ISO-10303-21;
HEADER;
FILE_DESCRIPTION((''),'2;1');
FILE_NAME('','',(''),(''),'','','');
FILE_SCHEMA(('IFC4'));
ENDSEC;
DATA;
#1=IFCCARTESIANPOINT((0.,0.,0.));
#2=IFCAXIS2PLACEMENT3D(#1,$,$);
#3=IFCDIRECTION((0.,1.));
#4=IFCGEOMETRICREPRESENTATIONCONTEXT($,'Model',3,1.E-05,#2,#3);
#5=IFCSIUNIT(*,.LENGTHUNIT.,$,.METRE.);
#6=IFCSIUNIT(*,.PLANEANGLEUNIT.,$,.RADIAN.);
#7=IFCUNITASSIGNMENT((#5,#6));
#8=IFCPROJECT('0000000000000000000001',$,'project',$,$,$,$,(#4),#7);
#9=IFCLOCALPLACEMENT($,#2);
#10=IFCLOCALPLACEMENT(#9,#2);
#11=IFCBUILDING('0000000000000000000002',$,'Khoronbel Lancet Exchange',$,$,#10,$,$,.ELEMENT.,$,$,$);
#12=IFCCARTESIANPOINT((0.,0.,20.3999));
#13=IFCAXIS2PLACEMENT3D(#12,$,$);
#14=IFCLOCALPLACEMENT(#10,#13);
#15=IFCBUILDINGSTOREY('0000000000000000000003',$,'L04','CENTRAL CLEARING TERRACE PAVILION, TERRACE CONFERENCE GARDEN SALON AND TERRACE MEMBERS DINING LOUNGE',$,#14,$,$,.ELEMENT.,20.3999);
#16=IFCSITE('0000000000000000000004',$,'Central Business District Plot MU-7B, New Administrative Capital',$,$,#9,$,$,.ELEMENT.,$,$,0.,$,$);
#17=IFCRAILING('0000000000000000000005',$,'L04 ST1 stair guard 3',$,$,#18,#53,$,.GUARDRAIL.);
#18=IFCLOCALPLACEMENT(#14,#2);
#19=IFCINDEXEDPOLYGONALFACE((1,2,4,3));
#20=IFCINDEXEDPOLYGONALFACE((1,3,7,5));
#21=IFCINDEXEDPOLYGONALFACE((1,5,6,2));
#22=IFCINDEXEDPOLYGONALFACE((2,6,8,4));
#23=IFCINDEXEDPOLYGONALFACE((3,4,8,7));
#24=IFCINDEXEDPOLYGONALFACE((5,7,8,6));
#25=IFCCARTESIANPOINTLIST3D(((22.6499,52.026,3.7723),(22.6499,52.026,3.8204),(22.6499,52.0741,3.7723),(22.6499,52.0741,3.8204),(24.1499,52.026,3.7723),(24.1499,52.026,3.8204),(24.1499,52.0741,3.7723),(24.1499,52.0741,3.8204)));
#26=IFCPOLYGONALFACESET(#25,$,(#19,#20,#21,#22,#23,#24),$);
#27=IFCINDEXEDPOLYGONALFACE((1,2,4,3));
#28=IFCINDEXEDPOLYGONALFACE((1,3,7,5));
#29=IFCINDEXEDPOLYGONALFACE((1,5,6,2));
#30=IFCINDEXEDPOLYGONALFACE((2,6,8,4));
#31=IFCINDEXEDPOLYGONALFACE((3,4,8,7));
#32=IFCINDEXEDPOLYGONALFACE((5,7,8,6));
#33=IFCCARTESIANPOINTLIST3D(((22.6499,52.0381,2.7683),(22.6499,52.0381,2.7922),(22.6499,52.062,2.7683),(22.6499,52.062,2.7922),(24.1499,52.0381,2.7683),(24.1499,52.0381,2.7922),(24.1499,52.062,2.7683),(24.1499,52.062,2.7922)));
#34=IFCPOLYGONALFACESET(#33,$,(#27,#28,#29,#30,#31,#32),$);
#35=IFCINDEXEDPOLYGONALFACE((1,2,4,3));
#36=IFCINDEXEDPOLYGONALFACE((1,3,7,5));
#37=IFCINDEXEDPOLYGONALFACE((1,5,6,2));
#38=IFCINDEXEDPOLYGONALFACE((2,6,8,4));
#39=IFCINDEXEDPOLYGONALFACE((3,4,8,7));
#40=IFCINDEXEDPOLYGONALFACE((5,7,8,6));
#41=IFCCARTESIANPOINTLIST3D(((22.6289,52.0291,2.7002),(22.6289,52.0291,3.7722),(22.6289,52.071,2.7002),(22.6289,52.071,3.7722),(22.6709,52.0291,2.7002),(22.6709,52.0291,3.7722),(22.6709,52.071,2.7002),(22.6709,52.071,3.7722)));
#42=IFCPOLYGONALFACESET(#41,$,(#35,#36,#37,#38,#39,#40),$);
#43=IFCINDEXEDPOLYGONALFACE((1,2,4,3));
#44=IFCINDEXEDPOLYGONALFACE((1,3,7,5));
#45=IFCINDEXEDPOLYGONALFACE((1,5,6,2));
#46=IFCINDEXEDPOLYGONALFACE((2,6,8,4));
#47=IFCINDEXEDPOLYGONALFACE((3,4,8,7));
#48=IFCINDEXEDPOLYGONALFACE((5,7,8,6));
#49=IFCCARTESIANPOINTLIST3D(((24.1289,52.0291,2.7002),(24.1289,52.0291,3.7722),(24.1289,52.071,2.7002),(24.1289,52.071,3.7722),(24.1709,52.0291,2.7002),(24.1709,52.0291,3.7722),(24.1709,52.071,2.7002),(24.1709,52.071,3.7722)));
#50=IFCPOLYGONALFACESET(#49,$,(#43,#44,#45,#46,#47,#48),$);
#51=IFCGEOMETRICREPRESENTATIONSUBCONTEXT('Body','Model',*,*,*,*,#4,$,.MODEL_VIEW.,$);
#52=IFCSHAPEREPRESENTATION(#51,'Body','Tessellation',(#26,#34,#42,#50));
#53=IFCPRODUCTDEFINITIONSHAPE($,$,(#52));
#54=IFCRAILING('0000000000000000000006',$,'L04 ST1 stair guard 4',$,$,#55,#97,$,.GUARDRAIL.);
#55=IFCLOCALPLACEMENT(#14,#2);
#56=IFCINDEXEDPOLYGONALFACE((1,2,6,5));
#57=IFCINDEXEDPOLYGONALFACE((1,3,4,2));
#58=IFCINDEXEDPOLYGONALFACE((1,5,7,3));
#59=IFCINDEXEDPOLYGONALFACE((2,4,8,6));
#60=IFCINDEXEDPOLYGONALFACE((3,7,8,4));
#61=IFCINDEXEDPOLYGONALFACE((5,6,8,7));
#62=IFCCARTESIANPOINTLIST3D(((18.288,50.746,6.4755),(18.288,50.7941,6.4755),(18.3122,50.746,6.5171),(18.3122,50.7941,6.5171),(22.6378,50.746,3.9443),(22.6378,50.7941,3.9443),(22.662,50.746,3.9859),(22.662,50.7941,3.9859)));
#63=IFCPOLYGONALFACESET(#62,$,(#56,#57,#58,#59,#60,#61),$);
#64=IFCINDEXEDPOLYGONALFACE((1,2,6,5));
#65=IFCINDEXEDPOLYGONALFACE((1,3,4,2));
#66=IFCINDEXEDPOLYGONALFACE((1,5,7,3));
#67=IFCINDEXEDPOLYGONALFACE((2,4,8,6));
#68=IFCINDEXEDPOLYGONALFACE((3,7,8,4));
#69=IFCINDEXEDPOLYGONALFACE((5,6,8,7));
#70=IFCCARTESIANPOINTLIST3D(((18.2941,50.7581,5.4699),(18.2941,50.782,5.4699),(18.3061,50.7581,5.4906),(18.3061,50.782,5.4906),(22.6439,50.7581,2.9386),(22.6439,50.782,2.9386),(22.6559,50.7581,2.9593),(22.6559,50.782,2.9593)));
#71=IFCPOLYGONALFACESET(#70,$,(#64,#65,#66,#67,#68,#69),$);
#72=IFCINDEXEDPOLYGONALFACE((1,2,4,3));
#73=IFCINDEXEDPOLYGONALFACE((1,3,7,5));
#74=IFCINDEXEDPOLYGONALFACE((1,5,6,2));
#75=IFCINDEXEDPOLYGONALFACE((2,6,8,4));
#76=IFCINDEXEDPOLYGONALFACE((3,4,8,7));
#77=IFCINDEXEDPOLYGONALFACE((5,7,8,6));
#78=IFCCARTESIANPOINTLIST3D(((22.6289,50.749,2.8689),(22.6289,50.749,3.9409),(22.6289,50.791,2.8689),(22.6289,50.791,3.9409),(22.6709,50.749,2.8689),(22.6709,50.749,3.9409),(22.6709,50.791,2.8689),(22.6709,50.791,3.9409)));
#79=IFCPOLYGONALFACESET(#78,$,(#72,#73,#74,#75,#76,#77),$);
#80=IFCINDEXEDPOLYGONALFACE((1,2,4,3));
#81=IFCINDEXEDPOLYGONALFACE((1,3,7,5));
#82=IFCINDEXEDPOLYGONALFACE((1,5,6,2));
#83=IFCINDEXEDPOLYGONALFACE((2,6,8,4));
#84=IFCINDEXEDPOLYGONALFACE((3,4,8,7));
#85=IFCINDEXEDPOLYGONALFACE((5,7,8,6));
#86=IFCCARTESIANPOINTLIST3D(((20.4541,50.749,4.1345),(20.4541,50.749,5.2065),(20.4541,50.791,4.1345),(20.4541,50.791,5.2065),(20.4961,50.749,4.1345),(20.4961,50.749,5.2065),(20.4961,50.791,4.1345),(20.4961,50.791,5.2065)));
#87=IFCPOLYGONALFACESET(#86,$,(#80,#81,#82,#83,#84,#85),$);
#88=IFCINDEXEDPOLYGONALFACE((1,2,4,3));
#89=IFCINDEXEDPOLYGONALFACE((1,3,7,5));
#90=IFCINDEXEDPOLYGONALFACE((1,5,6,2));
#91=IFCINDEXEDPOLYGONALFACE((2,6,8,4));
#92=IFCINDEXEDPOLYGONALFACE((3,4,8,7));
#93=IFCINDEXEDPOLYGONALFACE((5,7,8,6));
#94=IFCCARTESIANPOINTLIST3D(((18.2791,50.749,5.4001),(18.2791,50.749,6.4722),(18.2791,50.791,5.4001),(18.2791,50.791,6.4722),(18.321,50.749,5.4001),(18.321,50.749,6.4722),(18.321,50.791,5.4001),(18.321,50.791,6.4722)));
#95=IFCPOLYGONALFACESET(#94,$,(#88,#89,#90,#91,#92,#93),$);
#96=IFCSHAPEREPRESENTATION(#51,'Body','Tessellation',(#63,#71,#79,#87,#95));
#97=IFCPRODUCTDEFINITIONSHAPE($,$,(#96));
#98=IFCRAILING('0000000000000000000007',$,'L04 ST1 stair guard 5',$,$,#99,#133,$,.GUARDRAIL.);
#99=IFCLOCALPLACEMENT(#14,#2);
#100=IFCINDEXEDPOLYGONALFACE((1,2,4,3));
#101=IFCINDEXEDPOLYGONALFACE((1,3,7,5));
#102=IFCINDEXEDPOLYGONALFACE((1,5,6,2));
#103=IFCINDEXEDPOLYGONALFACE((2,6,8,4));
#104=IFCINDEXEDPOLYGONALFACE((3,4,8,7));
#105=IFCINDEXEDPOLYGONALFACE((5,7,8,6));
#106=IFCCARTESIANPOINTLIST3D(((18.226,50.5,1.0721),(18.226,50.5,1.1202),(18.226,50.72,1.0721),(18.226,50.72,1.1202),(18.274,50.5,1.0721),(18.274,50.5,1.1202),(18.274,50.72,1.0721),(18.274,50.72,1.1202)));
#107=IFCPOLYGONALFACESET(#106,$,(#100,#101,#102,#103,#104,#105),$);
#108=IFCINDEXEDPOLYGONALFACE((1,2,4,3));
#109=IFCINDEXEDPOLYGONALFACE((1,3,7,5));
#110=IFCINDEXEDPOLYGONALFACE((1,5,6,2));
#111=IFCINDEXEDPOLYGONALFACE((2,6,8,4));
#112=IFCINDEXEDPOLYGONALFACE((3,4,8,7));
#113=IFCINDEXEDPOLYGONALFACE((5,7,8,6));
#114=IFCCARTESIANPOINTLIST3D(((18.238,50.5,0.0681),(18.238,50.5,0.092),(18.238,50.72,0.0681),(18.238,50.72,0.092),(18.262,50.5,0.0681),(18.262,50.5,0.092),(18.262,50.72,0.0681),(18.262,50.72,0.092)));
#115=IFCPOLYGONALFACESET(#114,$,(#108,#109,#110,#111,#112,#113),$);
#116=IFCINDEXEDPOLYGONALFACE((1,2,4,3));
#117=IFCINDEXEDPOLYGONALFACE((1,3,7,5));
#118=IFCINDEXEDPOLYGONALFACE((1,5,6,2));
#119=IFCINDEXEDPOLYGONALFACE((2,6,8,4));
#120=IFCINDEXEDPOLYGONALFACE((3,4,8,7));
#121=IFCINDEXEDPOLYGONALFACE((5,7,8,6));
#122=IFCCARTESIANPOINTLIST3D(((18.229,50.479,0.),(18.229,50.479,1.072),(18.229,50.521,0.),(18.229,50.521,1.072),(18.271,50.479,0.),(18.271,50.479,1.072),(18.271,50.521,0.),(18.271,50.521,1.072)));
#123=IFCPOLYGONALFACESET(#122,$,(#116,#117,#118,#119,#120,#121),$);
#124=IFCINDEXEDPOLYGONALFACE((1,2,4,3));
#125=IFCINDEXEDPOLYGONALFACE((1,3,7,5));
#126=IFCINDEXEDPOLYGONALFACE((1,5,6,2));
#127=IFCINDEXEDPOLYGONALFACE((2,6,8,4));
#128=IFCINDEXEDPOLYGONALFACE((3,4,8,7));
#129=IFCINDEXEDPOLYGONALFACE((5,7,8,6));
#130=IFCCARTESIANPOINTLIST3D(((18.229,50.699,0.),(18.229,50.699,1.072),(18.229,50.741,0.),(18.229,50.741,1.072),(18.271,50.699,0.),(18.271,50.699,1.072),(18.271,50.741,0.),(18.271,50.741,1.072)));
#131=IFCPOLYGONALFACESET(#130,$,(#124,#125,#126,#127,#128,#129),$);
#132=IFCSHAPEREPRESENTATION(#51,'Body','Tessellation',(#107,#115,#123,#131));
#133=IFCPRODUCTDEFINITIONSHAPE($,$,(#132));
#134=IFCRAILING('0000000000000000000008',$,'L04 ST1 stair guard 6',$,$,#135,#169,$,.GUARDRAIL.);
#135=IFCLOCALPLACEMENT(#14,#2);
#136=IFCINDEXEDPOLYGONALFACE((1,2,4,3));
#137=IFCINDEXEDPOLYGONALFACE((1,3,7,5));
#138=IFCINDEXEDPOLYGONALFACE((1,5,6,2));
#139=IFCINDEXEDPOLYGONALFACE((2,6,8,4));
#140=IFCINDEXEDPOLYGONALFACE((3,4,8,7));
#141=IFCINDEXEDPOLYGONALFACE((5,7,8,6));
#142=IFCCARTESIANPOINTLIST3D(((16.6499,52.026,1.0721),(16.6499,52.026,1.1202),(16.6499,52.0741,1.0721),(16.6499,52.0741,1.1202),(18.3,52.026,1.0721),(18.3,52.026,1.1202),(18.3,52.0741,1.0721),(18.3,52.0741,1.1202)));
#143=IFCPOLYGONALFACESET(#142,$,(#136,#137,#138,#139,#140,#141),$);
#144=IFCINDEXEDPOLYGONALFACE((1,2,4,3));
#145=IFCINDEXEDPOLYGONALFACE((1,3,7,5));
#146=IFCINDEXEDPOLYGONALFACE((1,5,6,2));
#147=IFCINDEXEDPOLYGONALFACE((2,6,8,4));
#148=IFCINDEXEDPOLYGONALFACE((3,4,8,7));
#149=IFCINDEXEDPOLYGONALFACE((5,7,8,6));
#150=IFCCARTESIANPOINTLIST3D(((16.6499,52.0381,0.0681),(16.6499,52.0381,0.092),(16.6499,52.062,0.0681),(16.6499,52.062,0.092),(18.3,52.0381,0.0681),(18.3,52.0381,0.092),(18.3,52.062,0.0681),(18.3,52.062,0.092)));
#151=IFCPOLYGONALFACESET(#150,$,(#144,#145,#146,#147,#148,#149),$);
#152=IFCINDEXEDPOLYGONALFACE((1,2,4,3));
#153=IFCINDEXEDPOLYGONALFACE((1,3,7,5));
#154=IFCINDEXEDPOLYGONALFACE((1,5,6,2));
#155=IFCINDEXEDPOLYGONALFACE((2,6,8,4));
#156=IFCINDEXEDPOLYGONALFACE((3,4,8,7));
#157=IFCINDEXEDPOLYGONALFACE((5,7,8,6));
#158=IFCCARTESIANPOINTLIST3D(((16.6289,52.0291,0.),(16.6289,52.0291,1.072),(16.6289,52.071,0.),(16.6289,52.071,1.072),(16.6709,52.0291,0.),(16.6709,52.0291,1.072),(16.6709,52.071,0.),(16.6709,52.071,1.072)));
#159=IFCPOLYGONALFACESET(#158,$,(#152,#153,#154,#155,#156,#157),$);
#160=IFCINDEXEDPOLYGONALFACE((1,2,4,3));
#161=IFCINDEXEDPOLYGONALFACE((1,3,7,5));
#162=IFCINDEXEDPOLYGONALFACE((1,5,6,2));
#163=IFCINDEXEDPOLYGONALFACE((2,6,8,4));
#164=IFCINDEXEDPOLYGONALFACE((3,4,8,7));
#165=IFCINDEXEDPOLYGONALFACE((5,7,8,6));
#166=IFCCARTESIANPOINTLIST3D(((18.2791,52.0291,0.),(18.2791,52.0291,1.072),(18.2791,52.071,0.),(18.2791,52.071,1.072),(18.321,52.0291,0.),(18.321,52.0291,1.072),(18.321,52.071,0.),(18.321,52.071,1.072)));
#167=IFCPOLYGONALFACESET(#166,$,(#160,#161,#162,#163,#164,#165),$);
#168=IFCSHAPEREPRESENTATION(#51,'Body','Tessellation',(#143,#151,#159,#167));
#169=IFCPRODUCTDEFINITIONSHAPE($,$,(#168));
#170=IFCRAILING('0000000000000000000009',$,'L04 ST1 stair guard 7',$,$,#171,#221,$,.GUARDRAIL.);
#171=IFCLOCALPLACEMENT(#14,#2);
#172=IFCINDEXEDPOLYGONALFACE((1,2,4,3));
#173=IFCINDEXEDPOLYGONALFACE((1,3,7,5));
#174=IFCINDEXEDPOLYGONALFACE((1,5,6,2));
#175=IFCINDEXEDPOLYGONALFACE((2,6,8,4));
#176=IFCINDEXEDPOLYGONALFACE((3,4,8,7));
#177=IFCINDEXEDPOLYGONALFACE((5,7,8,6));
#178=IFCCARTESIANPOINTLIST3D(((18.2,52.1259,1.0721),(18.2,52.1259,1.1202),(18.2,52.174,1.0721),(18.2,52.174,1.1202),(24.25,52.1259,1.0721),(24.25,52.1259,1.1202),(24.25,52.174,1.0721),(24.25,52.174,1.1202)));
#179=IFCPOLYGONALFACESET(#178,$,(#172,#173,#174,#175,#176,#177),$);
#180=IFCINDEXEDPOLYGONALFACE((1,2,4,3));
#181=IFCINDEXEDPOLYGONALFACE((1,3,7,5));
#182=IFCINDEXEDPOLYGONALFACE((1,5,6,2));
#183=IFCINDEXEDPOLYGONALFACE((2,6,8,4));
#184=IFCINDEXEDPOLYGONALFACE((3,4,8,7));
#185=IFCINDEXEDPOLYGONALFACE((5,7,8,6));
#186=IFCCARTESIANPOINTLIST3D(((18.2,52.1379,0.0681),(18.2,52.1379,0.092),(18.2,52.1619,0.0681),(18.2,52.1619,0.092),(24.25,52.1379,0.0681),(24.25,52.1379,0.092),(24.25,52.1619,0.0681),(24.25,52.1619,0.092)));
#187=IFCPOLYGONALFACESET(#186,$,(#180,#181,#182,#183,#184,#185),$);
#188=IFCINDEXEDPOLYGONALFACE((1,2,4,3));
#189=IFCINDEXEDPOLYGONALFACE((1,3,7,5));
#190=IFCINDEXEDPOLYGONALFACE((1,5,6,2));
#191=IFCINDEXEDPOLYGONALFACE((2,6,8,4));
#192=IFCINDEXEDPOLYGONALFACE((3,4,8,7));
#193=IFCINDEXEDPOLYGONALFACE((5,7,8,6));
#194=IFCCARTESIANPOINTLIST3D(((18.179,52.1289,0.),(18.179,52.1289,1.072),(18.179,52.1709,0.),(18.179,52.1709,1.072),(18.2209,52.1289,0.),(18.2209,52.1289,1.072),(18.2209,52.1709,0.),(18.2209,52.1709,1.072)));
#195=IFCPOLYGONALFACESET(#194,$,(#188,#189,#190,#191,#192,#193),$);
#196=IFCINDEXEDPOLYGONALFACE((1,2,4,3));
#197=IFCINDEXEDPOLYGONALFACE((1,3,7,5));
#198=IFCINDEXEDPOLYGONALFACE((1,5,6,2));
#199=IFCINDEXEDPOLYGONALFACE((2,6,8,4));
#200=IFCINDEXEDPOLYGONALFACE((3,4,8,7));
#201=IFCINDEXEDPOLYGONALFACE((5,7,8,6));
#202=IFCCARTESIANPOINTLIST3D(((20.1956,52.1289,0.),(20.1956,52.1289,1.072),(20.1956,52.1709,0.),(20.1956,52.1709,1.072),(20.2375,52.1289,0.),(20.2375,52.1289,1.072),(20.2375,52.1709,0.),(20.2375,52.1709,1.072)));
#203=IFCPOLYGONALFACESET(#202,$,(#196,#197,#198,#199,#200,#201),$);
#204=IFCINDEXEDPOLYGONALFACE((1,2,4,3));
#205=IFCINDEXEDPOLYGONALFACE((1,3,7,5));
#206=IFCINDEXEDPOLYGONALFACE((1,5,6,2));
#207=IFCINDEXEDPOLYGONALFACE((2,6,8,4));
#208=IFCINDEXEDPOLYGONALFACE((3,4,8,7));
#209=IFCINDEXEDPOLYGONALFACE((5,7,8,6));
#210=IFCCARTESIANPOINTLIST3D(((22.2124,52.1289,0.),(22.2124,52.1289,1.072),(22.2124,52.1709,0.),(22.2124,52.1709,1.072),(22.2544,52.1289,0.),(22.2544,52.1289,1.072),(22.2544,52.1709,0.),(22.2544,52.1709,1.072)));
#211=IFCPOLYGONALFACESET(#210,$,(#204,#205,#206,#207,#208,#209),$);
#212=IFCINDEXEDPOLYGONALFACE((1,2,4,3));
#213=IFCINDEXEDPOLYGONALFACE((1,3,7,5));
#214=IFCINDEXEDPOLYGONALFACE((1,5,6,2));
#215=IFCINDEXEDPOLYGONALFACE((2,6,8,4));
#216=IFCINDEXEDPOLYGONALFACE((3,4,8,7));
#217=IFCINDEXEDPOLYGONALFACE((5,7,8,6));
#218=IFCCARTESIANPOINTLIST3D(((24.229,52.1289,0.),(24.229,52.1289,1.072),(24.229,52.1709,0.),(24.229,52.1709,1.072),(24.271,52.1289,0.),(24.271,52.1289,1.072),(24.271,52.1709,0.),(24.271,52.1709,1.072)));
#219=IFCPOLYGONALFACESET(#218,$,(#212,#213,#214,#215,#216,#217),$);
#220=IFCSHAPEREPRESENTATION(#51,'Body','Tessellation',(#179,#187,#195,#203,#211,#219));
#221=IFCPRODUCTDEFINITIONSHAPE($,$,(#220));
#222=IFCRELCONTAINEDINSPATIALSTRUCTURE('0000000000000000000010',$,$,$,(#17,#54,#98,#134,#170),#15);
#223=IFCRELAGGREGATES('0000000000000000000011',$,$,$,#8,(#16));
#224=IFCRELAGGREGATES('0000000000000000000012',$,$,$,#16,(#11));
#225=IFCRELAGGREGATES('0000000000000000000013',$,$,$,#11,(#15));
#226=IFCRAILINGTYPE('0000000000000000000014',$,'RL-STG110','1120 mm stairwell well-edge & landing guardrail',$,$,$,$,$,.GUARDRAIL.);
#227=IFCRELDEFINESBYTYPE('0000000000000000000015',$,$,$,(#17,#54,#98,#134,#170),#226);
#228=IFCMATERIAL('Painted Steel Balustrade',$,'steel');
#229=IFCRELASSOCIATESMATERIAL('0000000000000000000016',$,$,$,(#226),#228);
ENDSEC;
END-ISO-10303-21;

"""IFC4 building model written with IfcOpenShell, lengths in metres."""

from ifc_helpers import new_model, si_unit, direction, frame, origin, origin_2d, place, context, subcontext, project, spatial, rectangle, extrude, material, type_object, element, save


model = new_model("IFC4")

# Units and contexts
model_context = context("Model", 3, precision=1e-05, world=origin(), true_north=direction((0.0, 1.0)))
body_context = subcontext(model_context, "Body", "Model", "MODEL_VIEW")
ifc_project = project(units=[si_unit("LENGTHUNIT", "METRE"), si_unit("PLANEANGLEUNIT", "RADIAN")], contexts=[model_context])

# Site, building, storey
site_placement = place(None, origin())
site = spatial("IfcSite", under=ifc_project, at=site_placement, Name="Central Business District Plot MU-7B, New Administrative Capital", CompositionType="ELEMENT", RefElevation=0.0)
building_placement = place(site_placement, origin())
building = spatial("IfcBuilding", under=site, at=building_placement, Name="Khoronbel Lancet Exchange", CompositionType="ELEMENT")
storey_placement = place(building_placement, frame((0.0, 0.0, 20.3999)))
storey = spatial("IfcBuildingStorey", under=building, at=storey_placement, Name="L04", Description="CENTRAL CLEARING TERRACE PAVILION, TERRACE CONFERENCE GARDEN SALON AND TERRACE MEMBERS DINING LOUNGE", CompositionType="ELEMENT", Elevation=20.3999)

# Railings
ifc_material_1 = material(Name="Painted Steel Balustrade", Category="steel")
railing_type_1 = type_object("IfcRailingType", Name="RL-STG110", Description="1120 mm stairwell well-edge & landing guardrail", PredefinedType="GUARDRAIL", material=ifc_material_1)
railing_1_placement = place(storey_placement, frame((22.6499, 52.05, 2.7002)))
element("IfcRailing", 1, at=railing_1_placement, inside=storey, type_object=railing_type_1, Name="L04 ST1 stair guard 3", PredefinedType="GUARDRAIL", context=body_context, shape_type="SweptSolid", body=[
    extrude(rectangle(XDim=0.0481, YDim=0.0481, at=origin_2d()), frame((0.0, 0.0, 1.0962), z_axis=(1.0, 0.0, 0.0), x_axis=(0.0, 1.0, 0.0)), (0.0, 0.0, 1.0), 1.5),
    extrude(rectangle(XDim=0.0239, YDim=0.0239, at=origin_2d()), frame((0.0, 0.0, 0.0801), z_axis=(1.0, 0.0, 0.0), x_axis=(0.0, 1.0, 0.0)), (0.0, 0.0, 1.0), 1.5),
    extrude(rectangle(XDim=0.042, YDim=0.042, at=origin_2d()), origin(), (0.0, 0.0, 1.0), 1.072),
    extrude(rectangle(XDim=0.042, YDim=0.042, at=origin_2d()), frame((1.5, 0.0, 0.0)), (0.0, 0.0, 1.0), 1.072),
])
railing_2_placement = place(storey_placement, frame((22.6499, 50.77, 2.8689)))
element("IfcRailing", 2, at=railing_2_placement, inside=storey, type_object=railing_type_1, Name="L04 ST1 stair guard 4", PredefinedType="GUARDRAIL", context=body_context, shape_type="SweptSolid", body=[
    extrude(rectangle(XDim=0.0481, YDim=0.0481, at=origin_2d()), frame((0.0, 0.0, 1.0962), z_axis=(-0.864312, 0.0, 0.502957), x_axis=(0.0, -1.0, 0.0)), (0.0, 0.0, 1.0), 5.0327),
    extrude(rectangle(XDim=0.0239, YDim=0.0239, at=origin_2d()), frame((0.0, 0.0, 0.0801), z_axis=(-0.864312, 0.0, 0.502957), x_axis=(0.0, -1.0, 0.0)), (0.0, 0.0, 1.0), 5.0327),
    extrude(rectangle(XDim=0.042, YDim=0.042, at=origin_2d()), origin(), (0.0, 0.0, 1.0), 1.072),
    extrude(rectangle(XDim=0.042, YDim=0.042, at=origin_2d()), frame((-2.1748, 0.0, 1.2656)), (0.0, 0.0, 1.0), 1.072),
    extrude(rectangle(XDim=0.042, YDim=0.042, at=origin_2d()), frame((-4.3499, 0.0, 2.5312)), (0.0, 0.0, 1.0), 1.072),
])
railing_3_placement = place(storey_placement, frame((18.25, 50.5, 0.0)))
element("IfcRailing", 3, at=railing_3_placement, inside=storey, type_object=railing_type_1, Name="L04 ST1 stair guard 5", PredefinedType="GUARDRAIL", context=body_context, shape_type="SweptSolid", body=[
    extrude(rectangle(XDim=0.0481, YDim=0.0481, at=origin_2d()), frame((0.0, 0.0, 1.0962), z_axis=(0.0, 1.0, 0.0), x_axis=(-1.0, 0.0, 0.0)), (0.0, 0.0, 1.0), 0.22),
    extrude(rectangle(XDim=0.0239, YDim=0.0239, at=origin_2d()), frame((0.0, 0.0, 0.0801), z_axis=(0.0, 1.0, 0.0), x_axis=(-1.0, 0.0, 0.0)), (0.0, 0.0, 1.0), 0.22),
    extrude(rectangle(XDim=0.042, YDim=0.042, at=origin_2d()), origin(), (0.0, 0.0, 1.0), 1.072),
    extrude(rectangle(XDim=0.042, YDim=0.042, at=origin_2d()), frame((0.0, 0.22, 0.0)), (0.0, 0.0, 1.0), 1.072),
])
railing_4_placement = place(storey_placement, frame((16.6499, 52.05, 0.0)))
element("IfcRailing", 4, at=railing_4_placement, inside=storey, type_object=railing_type_1, Name="L04 ST1 stair guard 6", PredefinedType="GUARDRAIL", context=body_context, shape_type="SweptSolid", body=[
    extrude(rectangle(XDim=0.0481, YDim=0.0481, at=origin_2d()), frame((0.0, 0.0, 1.0962), z_axis=(1.0, 0.0, 0.0), x_axis=(0.0, 1.0, 0.0)), (0.0, 0.0, 1.0), 1.6501),
    extrude(rectangle(XDim=0.0239, YDim=0.0239, at=origin_2d()), frame((0.0, 0.0, 0.0801), z_axis=(1.0, 0.0, 0.0), x_axis=(0.0, 1.0, 0.0)), (0.0, 0.0, 1.0), 1.6501),
    extrude(rectangle(XDim=0.042, YDim=0.042, at=origin_2d()), origin(), (0.0, 0.0, 1.0), 1.072),
    extrude(rectangle(XDim=0.042, YDim=0.042, at=origin_2d()), frame((1.6501, 0.0, 0.0)), (0.0, 0.0, 1.0), 1.072),
])
railing_5_placement = place(storey_placement, frame((18.2, 52.1499, 0.0)))
element("IfcRailing", 5, at=railing_5_placement, inside=storey, type_object=railing_type_1, Name="L04 ST1 stair guard 7", PredefinedType="GUARDRAIL", context=body_context, shape_type="SweptSolid", body=[
    extrude(rectangle(XDim=0.0481, YDim=0.0481, at=origin_2d()), frame((0.0, 0.0, 1.0962), z_axis=(1.0, 0.0, 0.0), x_axis=(0.0, 1.0, 0.0)), (0.0, 0.0, 1.0), 6.05),
    extrude(rectangle(XDim=0.0239, YDim=0.0239, at=origin_2d()), frame((0.0, 0.0, 0.0801), z_axis=(1.0, 0.0, 0.0), x_axis=(0.0, 1.0, 0.0)), (0.0, 0.0, 1.0), 6.05),
    extrude(rectangle(XDim=0.042, YDim=0.042, at=origin_2d()), origin(), (0.0, 0.0, 1.0), 1.072),
    extrude(rectangle(XDim=0.042, YDim=0.042, at=origin_2d()), frame((2.0166, 0.0, 0.0)), (0.0, 0.0, 1.0), 1.072),
    extrude(rectangle(XDim=0.042, YDim=0.042, at=origin_2d()), frame((4.0334, 0.0, 0.0)), (0.0, 0.0, 1.0), 1.072),
    extrude(rectangle(XDim=0.042, YDim=0.042, at=origin_2d()), frame((6.05, 0.0, 0.0)), (0.0, 0.0, 1.0), 1.072),
])

save(model, "model.ifc")
